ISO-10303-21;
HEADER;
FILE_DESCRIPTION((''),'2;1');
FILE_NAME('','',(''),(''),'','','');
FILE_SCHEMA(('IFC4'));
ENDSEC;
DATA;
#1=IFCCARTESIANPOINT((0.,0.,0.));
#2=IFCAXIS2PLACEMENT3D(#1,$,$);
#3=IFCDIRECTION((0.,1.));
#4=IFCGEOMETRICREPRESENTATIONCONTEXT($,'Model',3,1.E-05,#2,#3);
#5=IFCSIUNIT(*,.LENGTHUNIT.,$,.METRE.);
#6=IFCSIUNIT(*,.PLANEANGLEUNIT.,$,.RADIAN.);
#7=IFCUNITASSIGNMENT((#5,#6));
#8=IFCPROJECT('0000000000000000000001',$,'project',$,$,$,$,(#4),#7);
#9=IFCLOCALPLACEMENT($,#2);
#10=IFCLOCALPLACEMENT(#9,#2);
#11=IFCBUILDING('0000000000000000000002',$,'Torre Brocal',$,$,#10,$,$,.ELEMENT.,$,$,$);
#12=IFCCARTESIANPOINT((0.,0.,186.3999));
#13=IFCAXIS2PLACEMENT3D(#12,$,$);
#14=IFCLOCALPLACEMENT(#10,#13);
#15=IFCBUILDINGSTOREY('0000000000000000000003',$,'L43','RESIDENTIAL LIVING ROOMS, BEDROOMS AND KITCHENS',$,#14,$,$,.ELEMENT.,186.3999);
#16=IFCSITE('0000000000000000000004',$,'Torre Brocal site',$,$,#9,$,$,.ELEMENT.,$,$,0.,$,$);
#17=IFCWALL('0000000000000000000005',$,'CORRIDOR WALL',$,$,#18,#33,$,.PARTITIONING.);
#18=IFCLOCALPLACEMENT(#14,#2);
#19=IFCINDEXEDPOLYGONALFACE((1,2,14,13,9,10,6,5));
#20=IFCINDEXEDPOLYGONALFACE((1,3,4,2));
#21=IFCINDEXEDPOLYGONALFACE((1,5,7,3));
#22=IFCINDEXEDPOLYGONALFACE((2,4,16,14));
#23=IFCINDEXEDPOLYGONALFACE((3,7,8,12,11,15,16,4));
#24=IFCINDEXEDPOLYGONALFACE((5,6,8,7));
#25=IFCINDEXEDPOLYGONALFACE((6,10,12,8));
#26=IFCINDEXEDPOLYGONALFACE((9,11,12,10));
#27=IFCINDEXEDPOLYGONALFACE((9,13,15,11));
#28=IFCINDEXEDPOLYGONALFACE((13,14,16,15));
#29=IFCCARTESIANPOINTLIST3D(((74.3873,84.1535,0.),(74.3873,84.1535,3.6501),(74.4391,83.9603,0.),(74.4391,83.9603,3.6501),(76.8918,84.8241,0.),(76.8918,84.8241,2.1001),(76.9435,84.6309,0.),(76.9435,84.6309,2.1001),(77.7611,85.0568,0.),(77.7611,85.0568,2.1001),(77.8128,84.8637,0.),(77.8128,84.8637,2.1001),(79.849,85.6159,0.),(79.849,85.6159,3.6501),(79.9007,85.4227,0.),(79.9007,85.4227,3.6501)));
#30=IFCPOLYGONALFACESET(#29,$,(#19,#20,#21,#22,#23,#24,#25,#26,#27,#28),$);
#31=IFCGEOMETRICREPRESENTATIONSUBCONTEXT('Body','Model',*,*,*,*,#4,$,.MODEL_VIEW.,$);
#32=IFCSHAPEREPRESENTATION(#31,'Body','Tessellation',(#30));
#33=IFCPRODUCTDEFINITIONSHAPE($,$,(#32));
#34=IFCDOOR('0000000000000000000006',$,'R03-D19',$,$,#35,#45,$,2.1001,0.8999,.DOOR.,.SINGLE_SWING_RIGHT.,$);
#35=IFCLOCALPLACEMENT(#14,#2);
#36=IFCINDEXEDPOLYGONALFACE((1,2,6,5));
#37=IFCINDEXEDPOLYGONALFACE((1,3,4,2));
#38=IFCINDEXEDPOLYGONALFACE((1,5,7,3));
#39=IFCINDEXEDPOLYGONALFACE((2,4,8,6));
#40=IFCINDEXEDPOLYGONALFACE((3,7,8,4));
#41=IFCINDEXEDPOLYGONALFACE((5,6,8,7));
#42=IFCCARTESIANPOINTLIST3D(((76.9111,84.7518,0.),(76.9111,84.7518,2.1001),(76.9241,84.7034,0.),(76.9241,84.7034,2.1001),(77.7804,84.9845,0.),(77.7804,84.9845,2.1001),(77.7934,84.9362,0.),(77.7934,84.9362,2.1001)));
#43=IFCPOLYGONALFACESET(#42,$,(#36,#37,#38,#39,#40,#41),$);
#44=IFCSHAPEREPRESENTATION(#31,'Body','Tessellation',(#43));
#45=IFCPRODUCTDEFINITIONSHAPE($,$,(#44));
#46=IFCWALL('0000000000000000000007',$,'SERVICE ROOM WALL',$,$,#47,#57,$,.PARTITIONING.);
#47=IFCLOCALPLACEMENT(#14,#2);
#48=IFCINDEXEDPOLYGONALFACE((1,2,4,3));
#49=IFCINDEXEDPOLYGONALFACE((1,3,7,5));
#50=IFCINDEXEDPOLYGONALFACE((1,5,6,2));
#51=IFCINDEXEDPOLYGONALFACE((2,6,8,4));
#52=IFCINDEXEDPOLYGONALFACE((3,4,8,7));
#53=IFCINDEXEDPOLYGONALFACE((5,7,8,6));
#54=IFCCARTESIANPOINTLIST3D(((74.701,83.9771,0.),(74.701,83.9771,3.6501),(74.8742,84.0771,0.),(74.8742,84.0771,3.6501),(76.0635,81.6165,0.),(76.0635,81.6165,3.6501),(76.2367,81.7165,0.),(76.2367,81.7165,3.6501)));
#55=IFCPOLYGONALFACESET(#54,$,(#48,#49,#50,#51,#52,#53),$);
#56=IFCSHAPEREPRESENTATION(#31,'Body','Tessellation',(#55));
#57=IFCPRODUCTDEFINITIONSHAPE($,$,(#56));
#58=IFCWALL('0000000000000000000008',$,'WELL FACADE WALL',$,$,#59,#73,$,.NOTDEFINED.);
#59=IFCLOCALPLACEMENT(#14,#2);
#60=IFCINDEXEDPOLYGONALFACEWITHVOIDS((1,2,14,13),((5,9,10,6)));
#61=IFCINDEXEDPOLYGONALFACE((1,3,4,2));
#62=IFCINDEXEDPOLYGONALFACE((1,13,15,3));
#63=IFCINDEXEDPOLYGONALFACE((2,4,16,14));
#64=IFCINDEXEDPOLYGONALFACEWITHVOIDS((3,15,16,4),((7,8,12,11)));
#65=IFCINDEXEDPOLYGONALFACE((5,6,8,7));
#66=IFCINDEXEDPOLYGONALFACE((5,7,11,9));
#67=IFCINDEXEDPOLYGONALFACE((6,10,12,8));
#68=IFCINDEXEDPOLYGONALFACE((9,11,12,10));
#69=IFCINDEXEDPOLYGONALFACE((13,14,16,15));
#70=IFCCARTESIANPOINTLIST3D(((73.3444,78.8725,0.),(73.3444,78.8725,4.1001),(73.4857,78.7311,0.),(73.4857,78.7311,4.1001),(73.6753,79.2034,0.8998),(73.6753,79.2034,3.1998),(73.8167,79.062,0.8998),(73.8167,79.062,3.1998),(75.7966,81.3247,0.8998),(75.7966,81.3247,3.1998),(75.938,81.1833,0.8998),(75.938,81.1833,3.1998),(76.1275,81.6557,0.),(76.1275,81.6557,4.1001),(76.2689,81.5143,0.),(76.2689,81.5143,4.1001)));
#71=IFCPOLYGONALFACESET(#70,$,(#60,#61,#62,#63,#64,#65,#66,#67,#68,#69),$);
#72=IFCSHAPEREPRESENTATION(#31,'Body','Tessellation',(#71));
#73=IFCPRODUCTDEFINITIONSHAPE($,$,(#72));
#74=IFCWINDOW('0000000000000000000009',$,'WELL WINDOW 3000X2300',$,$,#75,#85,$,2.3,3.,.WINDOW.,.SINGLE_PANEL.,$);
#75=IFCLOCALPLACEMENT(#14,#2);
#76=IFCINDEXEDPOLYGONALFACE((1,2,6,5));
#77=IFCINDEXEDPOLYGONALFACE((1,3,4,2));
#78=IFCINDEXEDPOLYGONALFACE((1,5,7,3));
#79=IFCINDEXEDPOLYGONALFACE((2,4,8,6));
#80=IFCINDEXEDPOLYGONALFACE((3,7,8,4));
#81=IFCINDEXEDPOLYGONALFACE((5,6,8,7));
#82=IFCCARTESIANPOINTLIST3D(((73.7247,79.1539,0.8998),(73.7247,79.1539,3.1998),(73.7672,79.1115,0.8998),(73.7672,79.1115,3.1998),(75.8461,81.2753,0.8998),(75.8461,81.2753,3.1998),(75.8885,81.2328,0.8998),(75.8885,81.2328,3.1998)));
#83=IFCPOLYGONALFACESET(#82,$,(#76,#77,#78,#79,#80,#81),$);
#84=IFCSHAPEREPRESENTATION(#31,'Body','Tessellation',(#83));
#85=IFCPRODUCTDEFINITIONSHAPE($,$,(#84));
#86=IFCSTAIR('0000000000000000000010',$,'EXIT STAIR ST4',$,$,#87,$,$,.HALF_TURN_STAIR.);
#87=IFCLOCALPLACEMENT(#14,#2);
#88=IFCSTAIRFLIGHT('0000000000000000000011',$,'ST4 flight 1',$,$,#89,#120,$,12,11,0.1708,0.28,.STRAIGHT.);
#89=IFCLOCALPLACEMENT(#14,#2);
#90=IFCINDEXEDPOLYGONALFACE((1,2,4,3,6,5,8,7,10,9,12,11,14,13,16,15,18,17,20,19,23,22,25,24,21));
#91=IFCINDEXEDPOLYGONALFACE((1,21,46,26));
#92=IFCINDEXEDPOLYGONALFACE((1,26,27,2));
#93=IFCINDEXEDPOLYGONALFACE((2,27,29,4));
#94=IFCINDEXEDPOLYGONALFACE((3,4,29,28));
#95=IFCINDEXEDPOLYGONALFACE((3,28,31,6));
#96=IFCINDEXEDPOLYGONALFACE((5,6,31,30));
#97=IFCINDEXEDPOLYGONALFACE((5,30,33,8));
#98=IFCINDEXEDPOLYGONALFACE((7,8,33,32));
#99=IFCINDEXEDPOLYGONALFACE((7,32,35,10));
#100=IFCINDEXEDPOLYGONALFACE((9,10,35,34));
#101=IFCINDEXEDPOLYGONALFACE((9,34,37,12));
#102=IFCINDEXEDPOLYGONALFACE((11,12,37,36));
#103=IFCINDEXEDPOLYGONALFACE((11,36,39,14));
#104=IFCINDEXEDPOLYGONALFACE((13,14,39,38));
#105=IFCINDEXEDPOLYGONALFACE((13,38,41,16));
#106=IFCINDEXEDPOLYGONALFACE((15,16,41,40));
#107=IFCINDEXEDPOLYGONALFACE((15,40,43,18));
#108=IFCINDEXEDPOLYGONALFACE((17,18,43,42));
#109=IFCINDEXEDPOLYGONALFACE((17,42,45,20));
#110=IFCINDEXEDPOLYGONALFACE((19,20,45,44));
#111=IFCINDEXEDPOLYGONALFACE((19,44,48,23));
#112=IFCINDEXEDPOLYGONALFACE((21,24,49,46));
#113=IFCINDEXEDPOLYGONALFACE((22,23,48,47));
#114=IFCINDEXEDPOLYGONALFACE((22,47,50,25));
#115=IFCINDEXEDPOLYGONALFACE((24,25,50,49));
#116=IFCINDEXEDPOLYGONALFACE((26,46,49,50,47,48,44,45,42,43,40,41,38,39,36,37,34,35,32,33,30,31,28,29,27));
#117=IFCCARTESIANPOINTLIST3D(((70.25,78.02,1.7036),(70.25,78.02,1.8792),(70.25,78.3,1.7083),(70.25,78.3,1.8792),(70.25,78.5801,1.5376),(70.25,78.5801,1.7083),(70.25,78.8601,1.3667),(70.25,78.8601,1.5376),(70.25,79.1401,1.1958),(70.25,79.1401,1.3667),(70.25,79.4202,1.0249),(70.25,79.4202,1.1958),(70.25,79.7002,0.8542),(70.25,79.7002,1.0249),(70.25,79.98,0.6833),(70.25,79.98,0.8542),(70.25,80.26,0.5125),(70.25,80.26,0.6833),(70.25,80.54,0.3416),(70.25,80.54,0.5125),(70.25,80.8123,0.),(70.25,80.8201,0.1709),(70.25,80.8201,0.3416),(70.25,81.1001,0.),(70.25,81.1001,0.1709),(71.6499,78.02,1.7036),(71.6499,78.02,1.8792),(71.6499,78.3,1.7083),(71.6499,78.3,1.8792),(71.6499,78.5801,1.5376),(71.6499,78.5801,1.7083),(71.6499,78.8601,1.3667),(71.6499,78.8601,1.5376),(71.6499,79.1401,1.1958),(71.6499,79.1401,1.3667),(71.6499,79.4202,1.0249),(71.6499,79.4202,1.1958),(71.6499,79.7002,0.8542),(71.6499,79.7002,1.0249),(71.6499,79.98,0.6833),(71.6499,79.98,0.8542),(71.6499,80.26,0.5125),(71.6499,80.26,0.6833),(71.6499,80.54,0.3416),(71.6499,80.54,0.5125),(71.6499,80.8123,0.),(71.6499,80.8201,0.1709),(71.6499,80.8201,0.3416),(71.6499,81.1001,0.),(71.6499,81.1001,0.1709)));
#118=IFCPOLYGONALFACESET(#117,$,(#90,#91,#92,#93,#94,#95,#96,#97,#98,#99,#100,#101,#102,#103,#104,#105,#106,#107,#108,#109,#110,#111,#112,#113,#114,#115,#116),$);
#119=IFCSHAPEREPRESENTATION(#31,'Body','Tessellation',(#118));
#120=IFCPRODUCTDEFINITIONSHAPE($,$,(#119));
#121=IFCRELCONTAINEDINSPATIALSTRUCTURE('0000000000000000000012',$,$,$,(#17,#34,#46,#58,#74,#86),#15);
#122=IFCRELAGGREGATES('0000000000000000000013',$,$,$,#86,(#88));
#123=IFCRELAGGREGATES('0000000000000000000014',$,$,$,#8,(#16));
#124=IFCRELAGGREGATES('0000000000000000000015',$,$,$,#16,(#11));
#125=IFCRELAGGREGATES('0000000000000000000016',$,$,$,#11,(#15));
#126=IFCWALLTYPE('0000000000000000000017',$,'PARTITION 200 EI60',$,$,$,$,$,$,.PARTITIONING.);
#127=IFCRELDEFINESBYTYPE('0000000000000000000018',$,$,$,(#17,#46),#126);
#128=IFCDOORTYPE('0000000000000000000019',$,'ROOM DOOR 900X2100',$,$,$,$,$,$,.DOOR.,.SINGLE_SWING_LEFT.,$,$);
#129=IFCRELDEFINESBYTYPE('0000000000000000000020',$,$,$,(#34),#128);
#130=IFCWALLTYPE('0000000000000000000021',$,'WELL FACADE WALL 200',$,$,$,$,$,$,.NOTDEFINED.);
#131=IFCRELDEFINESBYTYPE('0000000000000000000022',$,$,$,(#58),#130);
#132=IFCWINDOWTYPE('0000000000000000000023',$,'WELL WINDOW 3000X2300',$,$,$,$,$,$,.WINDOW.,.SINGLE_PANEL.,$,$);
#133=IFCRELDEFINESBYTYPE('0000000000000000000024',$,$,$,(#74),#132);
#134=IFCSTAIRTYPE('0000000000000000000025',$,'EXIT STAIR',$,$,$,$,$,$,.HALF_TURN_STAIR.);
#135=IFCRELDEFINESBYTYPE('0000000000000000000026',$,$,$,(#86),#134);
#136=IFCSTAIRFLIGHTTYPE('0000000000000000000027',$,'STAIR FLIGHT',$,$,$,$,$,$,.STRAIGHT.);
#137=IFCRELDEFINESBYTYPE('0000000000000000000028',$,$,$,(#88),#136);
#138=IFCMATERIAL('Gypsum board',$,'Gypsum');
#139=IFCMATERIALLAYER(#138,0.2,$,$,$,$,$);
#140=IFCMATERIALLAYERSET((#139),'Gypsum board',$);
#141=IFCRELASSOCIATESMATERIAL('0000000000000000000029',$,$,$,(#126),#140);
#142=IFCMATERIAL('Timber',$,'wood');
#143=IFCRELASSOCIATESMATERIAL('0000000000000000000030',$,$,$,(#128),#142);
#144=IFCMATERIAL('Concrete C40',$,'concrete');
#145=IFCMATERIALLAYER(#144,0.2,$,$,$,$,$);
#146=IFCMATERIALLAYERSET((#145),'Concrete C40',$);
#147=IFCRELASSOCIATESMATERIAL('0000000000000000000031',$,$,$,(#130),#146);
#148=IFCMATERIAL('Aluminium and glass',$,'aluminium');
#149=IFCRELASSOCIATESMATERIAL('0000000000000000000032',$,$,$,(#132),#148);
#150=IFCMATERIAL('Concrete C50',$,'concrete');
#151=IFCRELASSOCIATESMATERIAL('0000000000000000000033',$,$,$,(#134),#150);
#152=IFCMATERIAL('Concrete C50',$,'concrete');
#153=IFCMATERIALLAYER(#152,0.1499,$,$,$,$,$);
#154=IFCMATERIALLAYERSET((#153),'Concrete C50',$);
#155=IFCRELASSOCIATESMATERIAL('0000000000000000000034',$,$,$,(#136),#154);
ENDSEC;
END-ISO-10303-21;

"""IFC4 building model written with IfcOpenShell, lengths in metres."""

from ifc_helpers import new_model, si_unit, direction, frame, frame_2d, origin, place, context, subcontext, project, spatial, polyline, rectangle, outline, extrude, material, layer, layer_set, type_object, element, fill, aggregate, save


model = new_model("IFC4")

# Units and contexts
model_context = context("Model", 3, precision=1e-05, world=origin(), true_north=direction((0.0, 1.0)))
body_context = subcontext(model_context, "Body", "Model", "MODEL_VIEW")
ifc_project = project(units=[si_unit("LENGTHUNIT", "METRE"), si_unit("PLANEANGLEUNIT", "RADIAN")], contexts=[model_context])

# Site, building, storey
site_placement = place(None, origin())
site = spatial("IfcSite", under=ifc_project, at=site_placement, Name="Torre Brocal site", CompositionType="ELEMENT", RefElevation=0.0)
building_placement = place(site_placement, origin())
building = spatial("IfcBuilding", under=site, at=building_placement, Name="Torre Brocal", CompositionType="ELEMENT")
storey_placement = place(building_placement, frame((0.0, 0.0, 186.3999)))
storey = spatial("IfcBuildingStorey", under=building, at=storey_placement, Name="L43", Description="RESIDENTIAL LIVING ROOMS, BEDROOMS AND KITCHENS", CompositionType="ELEMENT", Elevation=186.3999)

# Wall, opening, door
ifc_material_1 = material(Name="Gypsum board", Category="Gypsum")
ifc_layer_1 = layer(ifc_material_1, 0.2)
ifc_layer_set_1 = layer_set([ifc_layer_1], Name="Gypsum board")
wall_type_1 = type_object("IfcWallType", Name="PARTITION 200 EI60", PredefinedType="PARTITIONING", material=ifc_layer_set_1)
ifc_material_2 = material(Name="Timber", Category="wood")
door_type_1 = type_object("IfcDoorType", Name="ROOM DOOR 900X2100", OperationType="SINGLE_SWING_LEFT", PredefinedType="DOOR", material=ifc_material_2)
wall_1_placement = place(storey_placement, frame((74.4131, 84.0569, 0.0), z_axis=(0.0, 0.0, 1.0), x_axis=(0.965972, 0.258646, 0.0)))
wall_1 = element("IfcWall", 1, at=wall_1_placement, inside=storey, type_object=wall_type_1, Name="CORRIDOR WALL", PredefinedType="PARTITIONING", context=body_context, shape_type="SweptSolid", body=[
    extrude(rectangle(XDim=5.6541, YDim=0.2, at=frame_2d((2.8271, 0.0))), origin(), (0.0, 0.0, 1.0), 3.6501),
])
opening_1_placement = place(wall_1_placement, frame((2.5928, 0.0, 0.0)))
opening_1 = element("IfcOpeningElement", 2, at=opening_1_placement, cuts=wall_1, PredefinedType="OPENING", context=body_context, shape_type="SweptSolid", body=[
    extrude(rectangle(XDim=0.8999, YDim=2.1001, at=frame_2d((0.45, 1.05))), frame((0.0, 0.1099, 0.0), z_axis=(0.0, -1.0, 0.0), x_axis=(1.0, 0.0, 0.0)), (0.0, 0.0, 1.0), 0.22),
])
door_1_placement = place(opening_1_placement, frame((0.8999, 0.0, 0.0), z_axis=(0.0, 0.0, 1.0), x_axis=(-1.0, 0.0, 0.0)))
door_1 = element("IfcDoor", 3, at=door_1_placement, inside=storey, type_object=door_type_1, Name="R03-D19", OperationType="SINGLE_SWING_RIGHT", OverallHeight=2.1001, OverallWidth=0.8999, PredefinedType="DOOR", context=body_context, shape_type="SweptSolid", body=[
    extrude(rectangle(XDim=0.8999, YDim=2.1001, at=frame_2d((0.45, 1.05))), frame((0.0, 0.0249, 0.0), z_axis=(0.0, -1.0, 0.0), x_axis=(1.0, 0.0, 0.0)), (0.0, 0.0, 1.0), 0.05),
])
fill(opening_1, door_1)

# Wall
wall_2_placement = place(storey_placement, frame((74.7876, 84.0271, 0.0), z_axis=(0.0, 0.0, 1.0), x_axis=(0.499906, -0.86608, 0.0)))
element("IfcWall", 4, at=wall_2_placement, inside=storey, type_object=wall_type_1, Name="SERVICE ROOM WALL", PredefinedType="PARTITIONING", context=body_context, shape_type="SweptSolid", body=[
    extrude(rectangle(XDim=2.7256, YDim=0.2, at=frame_2d((1.3628, 0.0))), origin(), (0.0, 0.0, 1.0), 3.6501),
])

# Wall, opening, window
ifc_material_3 = material(Name="Concrete C40", Category="concrete")
ifc_layer_2 = layer(ifc_material_3, 0.2)
ifc_layer_set_2 = layer_set([ifc_layer_2], Name="Concrete C40")
wall_type_2 = type_object("IfcWallType", Name="WELL FACADE WALL 200", PredefinedType="NOTDEFINED", material=ifc_layer_set_2)
wall_3_placement = place(storey_placement, frame((76.1982, 81.585, 0.0), z_axis=(0.0, 0.0, 1.0), x_axis=(-0.707107, -0.707107, 0.0)))
wall_3 = element("IfcWall", 5, at=wall_3_placement, inside=storey, type_object=wall_type_2, Name="WELL FACADE WALL", PredefinedType="NOTDEFINED", context=body_context, shape_type="SweptSolid", body=[
    extrude(rectangle(XDim=3.936, YDim=0.2, at=frame_2d((1.968, 0.0))), origin(), (0.0, 0.0, 1.0), 4.1001),
])
opening_2_placement = place(wall_3_placement, frame((0.468, 0.0, 0.8999)))
opening_2 = element("IfcOpeningElement", 6, at=opening_2_placement, cuts=wall_3, PredefinedType="OPENING", context=body_context, shape_type="SweptSolid", body=[
    extrude(rectangle(XDim=3.0, YDim=2.3, at=frame_2d((1.5, 1.1499))), frame((0.0, 0.1099, 0.0), z_axis=(0.0, -1.0, 0.0), x_axis=(1.0, 0.0, 0.0)), (0.0, 0.0, 1.0), 0.22),
])
ifc_material_4 = material(Name="Aluminium and glass", Category="aluminium")
window_type = type_object("IfcWindowType", Name="WELL WINDOW 3000X2300", PartitioningType="SINGLE_PANEL", PredefinedType="WINDOW", material=ifc_material_4)
window_placement = place(opening_2_placement, origin())
window = element("IfcWindow", 7, at=window_placement, inside=storey, type_object=window_type, Name="WELL WINDOW 3000X2300", OverallHeight=2.3, OverallWidth=3.0, PartitioningType="SINGLE_PANEL", PredefinedType="WINDOW", context=body_context, shape_type="SweptSolid", body=[
    extrude(rectangle(XDim=3.0, YDim=2.3, at=frame_2d((1.5, 1.1499))), frame((0.0, 0.03, 0.0), z_axis=(0.0, -1.0, 0.0), x_axis=(1.0, 0.0, 0.0)), (0.0, 0.0, 1.0), 0.0601),
])
fill(opening_2, window)

# Stair, stair flight
ifc_material_5 = material(Name="Concrete C50", Category="concrete")
stair_type = type_object("IfcStairType", Name="EXIT STAIR", PredefinedType="HALF_TURN_STAIR", material=ifc_material_5)
stair_placement = place(storey_placement, origin())
stair = element("IfcStair", 8, at=stair_placement, inside=storey, type_object=stair_type, Name="EXIT STAIR ST4", PredefinedType="HALF_TURN_STAIR")
ifc_material_6 = material(Name="Concrete C50", Category="concrete")
ifc_layer_3 = layer(ifc_material_6, 0.1499)
ifc_layer_set_3 = layer_set([ifc_layer_3], Name="Concrete C50")
stair_flight_type = type_object("IfcStairFlightType", Name="STAIR FLIGHT", PredefinedType="STRAIGHT", material=ifc_layer_set_3)
stair_flight_placement = place(storey_placement, frame((70.95, 81.1001, 0.0), z_axis=(0.0, 0.0, 1.0), x_axis=(0.0, -1.0, 0.0)))
stair_flight = element("IfcStairFlight", 9, at=stair_flight_placement, type_object=stair_flight_type, Name="ST4 flight 1", NumberOfRisers=12, NumberOfTreads=11, PredefinedType="STRAIGHT", RiserHeight=0.1708, TreadLength=0.28, context=body_context, shape_type="SweptSolid", body=[
    extrude(outline(polyline([(0.0, 0.0), (0.0, 0.1709), (0.28, 0.1709), (0.28, 0.3416), (0.5601, 0.3416), (0.5601, 0.5125), (0.8401, 0.5125), (0.8401, 0.6833), (1.1201, 0.6833), (1.1201, 0.8542), (1.3999, 0.8542), (1.3999, 1.0249), (1.6799, 1.0249), (1.6799, 1.1958), (1.96, 1.1958), (1.96, 1.3667), (2.24, 1.3667), (2.24, 1.5376), (2.52, 1.5376), (2.52, 1.7083), (2.8, 1.7083), (2.8, 1.8792), (3.0801, 1.8792), (3.0801, 2.05), (3.0801, 1.7036), (0.2878, 0.0), (0.0, 0.0)])), frame((0.0, 0.7, 0.0), z_axis=(0.0, -1.0, 0.0), x_axis=(1.0, 0.0, 0.0)), (0.0, 0.0, 1.0), 1.3999),
])
aggregate(stair, [stair_flight])

save(model, "model.ifc")
